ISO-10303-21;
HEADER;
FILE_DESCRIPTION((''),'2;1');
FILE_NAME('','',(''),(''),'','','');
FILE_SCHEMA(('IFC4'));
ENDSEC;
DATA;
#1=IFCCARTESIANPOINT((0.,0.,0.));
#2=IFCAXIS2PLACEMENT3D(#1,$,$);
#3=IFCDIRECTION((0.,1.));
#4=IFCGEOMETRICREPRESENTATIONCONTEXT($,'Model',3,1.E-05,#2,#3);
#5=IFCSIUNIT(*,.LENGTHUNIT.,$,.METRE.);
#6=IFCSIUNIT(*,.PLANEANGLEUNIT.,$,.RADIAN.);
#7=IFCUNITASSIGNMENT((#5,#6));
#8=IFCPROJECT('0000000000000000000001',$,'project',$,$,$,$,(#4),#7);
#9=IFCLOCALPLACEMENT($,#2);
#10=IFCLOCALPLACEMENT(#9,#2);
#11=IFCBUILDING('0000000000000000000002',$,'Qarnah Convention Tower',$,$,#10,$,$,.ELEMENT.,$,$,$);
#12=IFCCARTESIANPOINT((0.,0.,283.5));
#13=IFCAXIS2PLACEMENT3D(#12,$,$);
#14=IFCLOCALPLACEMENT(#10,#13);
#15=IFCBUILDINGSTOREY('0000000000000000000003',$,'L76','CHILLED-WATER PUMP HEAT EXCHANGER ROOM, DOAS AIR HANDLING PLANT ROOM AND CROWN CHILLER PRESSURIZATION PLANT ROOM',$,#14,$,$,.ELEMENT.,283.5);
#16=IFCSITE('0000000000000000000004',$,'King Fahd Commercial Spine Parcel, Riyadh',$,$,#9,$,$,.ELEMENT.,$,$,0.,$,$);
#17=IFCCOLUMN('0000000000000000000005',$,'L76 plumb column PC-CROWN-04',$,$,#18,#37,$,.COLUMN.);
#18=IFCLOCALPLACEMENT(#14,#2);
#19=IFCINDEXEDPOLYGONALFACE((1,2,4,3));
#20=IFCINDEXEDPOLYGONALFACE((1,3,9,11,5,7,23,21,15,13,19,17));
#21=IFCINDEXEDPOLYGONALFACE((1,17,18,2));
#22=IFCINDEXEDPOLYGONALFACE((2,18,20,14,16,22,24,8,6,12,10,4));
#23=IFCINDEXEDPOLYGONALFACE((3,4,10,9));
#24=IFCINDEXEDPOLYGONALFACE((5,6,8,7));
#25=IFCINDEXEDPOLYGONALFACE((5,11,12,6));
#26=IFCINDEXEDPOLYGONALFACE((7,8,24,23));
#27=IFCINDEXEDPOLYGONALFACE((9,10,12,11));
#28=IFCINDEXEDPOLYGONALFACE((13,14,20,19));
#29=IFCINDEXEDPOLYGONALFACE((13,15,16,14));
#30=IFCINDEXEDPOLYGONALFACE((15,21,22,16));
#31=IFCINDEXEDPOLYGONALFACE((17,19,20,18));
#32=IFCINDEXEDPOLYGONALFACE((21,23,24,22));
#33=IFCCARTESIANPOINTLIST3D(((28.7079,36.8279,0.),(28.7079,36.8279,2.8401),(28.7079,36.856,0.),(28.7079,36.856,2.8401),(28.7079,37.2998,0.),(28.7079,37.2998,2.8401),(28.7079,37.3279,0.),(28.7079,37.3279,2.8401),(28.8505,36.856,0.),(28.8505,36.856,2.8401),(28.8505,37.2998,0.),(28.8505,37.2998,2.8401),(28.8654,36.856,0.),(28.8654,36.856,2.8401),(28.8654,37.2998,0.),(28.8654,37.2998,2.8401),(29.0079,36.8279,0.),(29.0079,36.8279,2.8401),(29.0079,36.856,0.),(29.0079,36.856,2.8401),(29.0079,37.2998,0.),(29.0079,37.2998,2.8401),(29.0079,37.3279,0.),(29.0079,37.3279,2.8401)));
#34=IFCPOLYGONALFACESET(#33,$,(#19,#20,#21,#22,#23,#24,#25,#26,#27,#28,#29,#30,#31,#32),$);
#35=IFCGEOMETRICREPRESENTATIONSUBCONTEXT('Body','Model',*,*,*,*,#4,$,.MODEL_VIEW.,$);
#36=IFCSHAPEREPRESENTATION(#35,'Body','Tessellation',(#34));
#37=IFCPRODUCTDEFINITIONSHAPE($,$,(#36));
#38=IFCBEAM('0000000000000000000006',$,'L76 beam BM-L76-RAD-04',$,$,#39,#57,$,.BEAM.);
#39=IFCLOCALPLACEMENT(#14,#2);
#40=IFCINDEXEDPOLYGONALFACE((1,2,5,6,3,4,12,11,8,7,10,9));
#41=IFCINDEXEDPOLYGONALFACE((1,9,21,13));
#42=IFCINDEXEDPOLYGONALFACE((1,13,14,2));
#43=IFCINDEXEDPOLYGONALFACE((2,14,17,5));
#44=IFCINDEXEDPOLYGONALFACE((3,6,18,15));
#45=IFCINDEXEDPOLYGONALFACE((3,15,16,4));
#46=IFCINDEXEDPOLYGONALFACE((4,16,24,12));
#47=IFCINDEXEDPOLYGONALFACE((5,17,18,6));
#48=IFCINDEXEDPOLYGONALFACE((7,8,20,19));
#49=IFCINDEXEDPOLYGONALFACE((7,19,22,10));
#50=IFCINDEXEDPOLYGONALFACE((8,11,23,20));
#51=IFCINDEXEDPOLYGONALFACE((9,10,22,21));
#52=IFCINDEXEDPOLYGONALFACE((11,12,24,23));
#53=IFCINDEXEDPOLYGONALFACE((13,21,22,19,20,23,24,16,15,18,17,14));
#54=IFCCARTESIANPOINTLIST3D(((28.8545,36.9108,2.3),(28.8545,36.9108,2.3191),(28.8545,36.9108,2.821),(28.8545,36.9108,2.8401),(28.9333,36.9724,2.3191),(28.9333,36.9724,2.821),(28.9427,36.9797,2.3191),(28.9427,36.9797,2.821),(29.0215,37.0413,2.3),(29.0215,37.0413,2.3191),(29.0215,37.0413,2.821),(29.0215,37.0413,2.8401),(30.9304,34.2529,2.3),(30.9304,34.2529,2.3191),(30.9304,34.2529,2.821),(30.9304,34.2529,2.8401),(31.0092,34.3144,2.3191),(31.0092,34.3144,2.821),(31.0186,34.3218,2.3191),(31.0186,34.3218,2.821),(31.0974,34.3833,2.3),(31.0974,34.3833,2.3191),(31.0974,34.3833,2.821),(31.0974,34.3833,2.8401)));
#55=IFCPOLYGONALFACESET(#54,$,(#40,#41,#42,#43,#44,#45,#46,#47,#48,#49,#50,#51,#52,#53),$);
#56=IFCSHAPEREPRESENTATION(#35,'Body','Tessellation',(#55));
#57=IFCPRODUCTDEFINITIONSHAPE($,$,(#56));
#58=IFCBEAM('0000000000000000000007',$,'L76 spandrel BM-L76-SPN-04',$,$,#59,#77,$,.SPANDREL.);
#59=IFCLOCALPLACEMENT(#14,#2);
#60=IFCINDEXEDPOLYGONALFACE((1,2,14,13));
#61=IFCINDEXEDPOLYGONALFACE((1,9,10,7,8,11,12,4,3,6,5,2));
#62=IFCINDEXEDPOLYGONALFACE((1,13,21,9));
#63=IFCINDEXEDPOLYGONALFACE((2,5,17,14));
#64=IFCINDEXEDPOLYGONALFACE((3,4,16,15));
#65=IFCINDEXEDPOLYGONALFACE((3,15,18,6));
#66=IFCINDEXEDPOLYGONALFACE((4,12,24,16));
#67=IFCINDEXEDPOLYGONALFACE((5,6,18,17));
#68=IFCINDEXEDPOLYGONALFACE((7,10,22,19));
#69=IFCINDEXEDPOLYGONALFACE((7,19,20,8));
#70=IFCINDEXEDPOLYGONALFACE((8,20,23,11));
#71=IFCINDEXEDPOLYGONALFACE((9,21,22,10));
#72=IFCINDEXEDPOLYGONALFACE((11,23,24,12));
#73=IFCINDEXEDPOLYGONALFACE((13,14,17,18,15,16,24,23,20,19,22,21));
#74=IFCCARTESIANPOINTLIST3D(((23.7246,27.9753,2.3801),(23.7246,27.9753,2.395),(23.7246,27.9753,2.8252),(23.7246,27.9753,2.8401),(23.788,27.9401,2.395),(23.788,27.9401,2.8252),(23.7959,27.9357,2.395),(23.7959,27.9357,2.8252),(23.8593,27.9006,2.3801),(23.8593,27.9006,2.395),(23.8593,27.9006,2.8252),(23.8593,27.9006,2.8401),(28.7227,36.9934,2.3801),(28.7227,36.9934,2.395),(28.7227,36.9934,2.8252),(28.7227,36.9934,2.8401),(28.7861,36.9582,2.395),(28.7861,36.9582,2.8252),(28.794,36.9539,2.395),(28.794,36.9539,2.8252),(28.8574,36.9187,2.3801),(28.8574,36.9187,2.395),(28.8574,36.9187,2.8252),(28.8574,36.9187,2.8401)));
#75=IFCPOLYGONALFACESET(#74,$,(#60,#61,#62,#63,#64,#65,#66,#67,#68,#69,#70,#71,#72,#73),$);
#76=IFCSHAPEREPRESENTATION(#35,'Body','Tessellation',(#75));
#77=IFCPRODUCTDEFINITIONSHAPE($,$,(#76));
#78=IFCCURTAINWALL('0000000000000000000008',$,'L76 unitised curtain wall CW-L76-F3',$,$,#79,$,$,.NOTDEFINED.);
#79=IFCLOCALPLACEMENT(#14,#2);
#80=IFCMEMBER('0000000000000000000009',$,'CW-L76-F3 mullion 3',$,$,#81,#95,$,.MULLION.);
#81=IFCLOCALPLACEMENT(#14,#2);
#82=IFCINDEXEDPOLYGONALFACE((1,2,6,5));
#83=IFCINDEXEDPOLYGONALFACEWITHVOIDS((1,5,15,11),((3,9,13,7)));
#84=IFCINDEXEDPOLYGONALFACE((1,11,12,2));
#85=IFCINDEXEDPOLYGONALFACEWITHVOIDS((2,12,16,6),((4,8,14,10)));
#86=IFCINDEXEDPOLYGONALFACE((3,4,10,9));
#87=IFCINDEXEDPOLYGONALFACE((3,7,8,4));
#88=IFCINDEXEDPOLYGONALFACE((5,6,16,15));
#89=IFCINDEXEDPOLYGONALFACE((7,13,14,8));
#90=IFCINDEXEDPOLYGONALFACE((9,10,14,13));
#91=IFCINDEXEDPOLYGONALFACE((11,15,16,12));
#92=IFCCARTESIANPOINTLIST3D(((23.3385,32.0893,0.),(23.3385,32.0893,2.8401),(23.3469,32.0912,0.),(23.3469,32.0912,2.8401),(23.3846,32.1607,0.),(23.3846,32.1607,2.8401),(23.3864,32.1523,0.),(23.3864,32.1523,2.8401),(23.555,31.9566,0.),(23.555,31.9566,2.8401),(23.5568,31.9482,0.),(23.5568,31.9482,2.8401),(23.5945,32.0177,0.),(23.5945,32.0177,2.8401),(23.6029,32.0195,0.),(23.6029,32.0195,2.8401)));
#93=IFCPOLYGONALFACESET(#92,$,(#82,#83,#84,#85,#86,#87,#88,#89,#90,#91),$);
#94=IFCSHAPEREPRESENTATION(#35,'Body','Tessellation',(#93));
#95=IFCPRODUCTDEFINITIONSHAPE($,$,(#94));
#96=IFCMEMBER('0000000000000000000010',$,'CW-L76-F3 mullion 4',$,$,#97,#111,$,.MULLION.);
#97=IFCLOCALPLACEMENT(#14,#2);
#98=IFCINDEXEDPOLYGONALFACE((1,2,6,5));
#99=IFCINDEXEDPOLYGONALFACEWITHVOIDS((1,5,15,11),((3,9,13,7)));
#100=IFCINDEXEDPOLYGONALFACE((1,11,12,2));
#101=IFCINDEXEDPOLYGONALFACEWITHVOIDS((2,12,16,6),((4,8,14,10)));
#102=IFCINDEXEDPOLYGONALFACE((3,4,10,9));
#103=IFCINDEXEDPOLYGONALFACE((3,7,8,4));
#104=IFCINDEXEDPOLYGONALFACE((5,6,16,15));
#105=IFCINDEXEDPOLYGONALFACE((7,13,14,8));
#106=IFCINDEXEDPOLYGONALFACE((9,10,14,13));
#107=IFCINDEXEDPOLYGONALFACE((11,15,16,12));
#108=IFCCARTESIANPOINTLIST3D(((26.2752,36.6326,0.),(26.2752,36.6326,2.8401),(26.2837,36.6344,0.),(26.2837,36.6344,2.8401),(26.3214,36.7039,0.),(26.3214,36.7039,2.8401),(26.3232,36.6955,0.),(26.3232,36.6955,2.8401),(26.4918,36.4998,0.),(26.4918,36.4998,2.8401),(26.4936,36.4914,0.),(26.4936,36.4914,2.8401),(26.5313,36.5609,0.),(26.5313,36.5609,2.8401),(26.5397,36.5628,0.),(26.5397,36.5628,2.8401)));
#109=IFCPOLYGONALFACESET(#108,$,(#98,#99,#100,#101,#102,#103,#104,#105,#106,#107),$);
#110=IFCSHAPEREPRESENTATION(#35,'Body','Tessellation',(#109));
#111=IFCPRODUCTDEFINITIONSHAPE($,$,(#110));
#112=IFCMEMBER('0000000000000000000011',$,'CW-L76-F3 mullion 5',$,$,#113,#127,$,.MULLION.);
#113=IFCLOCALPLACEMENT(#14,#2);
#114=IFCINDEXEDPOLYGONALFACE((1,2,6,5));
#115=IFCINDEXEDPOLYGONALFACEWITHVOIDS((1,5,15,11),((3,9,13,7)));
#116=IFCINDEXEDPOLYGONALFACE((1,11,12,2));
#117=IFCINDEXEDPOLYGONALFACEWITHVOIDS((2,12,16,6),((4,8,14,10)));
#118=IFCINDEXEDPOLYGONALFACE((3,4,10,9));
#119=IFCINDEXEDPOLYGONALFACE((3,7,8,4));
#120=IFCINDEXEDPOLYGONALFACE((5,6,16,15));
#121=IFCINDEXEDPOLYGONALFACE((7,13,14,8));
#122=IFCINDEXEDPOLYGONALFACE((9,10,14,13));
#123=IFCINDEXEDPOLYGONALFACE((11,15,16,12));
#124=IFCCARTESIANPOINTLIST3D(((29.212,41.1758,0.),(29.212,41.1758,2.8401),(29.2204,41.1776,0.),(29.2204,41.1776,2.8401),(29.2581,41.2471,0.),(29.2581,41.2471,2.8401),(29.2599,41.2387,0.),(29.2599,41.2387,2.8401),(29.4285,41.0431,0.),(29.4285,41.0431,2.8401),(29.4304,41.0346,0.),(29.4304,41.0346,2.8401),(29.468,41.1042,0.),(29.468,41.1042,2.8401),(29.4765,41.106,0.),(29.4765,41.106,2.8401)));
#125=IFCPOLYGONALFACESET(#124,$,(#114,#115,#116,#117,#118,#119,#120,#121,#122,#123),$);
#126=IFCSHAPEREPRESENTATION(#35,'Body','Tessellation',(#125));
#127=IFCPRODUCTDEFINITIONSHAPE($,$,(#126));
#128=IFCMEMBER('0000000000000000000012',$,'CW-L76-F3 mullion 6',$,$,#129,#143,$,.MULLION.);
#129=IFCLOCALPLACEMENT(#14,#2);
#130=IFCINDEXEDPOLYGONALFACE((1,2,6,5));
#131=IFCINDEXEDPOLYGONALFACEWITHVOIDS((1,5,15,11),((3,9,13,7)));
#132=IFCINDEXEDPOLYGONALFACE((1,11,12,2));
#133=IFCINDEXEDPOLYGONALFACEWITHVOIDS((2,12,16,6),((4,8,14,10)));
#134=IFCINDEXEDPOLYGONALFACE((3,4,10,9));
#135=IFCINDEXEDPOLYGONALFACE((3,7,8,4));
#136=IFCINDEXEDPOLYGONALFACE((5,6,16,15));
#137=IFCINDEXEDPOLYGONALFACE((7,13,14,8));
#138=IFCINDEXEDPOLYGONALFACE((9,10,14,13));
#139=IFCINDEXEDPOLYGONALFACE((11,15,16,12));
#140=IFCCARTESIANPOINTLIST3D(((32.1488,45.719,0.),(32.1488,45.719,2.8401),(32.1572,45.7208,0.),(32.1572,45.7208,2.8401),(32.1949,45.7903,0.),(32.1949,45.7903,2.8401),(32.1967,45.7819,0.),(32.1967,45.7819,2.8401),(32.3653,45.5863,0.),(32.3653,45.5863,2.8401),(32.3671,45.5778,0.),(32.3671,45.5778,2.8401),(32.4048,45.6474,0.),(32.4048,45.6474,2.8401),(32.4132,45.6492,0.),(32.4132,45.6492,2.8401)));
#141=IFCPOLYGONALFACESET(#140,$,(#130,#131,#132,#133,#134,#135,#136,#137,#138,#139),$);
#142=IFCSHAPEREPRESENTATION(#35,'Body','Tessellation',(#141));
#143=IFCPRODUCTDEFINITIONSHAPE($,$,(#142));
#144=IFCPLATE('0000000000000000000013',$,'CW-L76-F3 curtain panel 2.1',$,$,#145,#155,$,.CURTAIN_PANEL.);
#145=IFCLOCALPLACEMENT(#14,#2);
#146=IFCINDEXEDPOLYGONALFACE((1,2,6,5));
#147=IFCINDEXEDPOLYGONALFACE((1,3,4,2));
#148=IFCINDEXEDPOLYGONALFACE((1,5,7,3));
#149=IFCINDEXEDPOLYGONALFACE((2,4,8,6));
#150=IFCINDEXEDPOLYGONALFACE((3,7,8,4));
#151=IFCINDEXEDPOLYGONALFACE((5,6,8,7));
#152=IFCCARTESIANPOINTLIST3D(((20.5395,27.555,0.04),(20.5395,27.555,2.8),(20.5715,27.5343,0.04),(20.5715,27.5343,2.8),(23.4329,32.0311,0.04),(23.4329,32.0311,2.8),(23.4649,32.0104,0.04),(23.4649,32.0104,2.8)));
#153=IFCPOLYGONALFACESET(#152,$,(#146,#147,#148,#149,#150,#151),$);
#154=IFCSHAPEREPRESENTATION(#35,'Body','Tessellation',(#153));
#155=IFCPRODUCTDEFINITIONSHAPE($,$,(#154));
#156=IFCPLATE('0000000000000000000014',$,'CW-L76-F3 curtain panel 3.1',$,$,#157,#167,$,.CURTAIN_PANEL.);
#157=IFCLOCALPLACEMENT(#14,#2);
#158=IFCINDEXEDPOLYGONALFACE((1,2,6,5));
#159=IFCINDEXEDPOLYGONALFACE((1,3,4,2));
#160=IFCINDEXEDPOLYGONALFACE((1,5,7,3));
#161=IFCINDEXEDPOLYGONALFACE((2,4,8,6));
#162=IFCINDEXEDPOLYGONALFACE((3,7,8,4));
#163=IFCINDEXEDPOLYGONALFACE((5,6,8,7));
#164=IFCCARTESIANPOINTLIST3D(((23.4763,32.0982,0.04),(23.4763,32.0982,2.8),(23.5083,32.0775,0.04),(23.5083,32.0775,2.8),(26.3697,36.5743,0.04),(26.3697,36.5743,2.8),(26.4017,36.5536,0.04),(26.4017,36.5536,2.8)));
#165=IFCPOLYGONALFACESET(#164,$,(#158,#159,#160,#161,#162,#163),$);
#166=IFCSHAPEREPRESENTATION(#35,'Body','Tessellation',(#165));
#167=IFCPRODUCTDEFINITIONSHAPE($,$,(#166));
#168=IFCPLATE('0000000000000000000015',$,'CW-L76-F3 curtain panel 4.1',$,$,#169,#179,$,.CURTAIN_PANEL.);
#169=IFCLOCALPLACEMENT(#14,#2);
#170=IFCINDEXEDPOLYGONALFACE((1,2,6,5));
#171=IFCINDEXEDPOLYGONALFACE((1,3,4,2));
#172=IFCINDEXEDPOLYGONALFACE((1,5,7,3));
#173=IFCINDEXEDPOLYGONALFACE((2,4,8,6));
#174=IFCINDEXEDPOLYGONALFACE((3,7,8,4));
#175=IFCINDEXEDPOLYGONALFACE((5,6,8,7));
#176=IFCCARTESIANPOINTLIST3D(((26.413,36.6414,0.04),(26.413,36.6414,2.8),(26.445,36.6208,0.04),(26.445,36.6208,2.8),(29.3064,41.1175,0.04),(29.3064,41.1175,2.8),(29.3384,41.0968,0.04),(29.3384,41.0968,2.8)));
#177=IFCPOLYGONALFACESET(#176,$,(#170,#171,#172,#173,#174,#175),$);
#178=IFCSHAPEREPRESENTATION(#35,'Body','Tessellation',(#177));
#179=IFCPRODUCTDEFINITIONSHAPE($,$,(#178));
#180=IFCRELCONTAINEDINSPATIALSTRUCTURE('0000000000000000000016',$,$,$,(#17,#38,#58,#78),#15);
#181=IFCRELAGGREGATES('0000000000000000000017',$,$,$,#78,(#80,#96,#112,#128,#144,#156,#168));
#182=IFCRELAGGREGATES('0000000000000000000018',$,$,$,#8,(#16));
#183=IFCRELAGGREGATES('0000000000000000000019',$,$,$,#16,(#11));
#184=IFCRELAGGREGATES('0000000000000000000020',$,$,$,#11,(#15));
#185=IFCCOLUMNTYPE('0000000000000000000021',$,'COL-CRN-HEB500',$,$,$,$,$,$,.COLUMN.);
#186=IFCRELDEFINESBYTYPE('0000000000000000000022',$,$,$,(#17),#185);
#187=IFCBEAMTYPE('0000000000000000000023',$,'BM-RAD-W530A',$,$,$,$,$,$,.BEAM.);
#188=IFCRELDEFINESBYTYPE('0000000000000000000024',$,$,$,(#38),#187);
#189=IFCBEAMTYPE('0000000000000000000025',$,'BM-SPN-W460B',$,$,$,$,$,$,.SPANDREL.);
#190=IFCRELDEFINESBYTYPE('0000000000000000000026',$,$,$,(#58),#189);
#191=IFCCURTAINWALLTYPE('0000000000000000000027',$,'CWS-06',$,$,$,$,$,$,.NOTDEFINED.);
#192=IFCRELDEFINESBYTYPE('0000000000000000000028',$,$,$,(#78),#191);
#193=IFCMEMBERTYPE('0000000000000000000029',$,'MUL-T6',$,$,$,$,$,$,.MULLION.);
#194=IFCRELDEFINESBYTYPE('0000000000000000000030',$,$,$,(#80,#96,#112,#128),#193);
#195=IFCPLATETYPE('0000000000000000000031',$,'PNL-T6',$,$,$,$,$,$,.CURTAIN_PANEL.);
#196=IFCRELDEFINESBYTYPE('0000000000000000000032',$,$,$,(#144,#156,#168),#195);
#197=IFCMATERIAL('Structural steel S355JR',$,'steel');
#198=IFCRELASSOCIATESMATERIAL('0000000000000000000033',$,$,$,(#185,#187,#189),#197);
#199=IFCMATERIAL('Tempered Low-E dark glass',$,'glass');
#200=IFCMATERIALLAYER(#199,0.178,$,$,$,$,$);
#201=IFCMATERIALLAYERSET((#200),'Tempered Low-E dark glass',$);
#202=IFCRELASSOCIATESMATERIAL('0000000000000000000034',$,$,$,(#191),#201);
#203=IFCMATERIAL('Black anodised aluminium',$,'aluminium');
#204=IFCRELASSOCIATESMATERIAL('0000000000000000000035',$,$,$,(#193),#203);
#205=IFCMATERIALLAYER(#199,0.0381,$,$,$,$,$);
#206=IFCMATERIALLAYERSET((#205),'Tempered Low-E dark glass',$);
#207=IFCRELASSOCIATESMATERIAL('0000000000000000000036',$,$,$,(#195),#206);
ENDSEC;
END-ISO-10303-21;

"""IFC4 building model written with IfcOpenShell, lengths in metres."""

from ifc_helpers import new_model, si_unit, direction, frame, origin, origin_2d, place, context, subcontext, project, spatial, rectangle, hollow_rectangle, i_section, extrude, material, layer, layer_set, material_profile, profile_set, type_object, element, aggregate, save


model = new_model("IFC4")

# Units and contexts
model_context = context("Model", 3, precision=1e-05, world=origin(), true_north=direction((0.0, 1.0)))
body_context = subcontext(model_context, "Body", "Model", "MODEL_VIEW")
ifc_project = project(units=[si_unit("LENGTHUNIT", "METRE"), si_unit("PLANEANGLEUNIT", "RADIAN")], contexts=[model_context])

# Site, building, storey
site_placement = place(None, origin())
site = spatial("IfcSite", under=ifc_project, at=site_placement, Name="King Fahd Commercial Spine Parcel, Riyadh", CompositionType="ELEMENT", RefElevation=0.0)
building_placement = place(site_placement, origin())
building = spatial("IfcBuilding", under=site, at=building_placement, Name="Qarnah Convention Tower", CompositionType="ELEMENT")
storey_placement = place(building_placement, frame((0.0, 0.0, 283.5)))
storey = spatial("IfcBuildingStorey", under=building, at=storey_placement, Name="L76", Description="CHILLED-WATER PUMP HEAT EXCHANGER ROOM, DOAS AIR HANDLING PLANT ROOM AND CROWN CHILLER PRESSURIZATION PLANT ROOM", CompositionType="ELEMENT", Elevation=283.5)

# Column
ifc_material_1 = material(Name="Structural steel S355JR", Category="steel")
ifc_material_profile_1 = material_profile(ifc_material_1, i_section(OverallWidth=0.3, OverallDepth=0.5, WebThickness=0.0149, FlangeThickness=0.0281, at=origin_2d()), Name="HEB500")
ifc_profile_set_1 = profile_set([ifc_material_profile_1], Name="Structural steel S355JR")
column_type = type_object("IfcColumnType", Name="COL-CRN-HEB500", PredefinedType="COLUMN", material=ifc_profile_set_1)
column_placement = place(storey_placement, frame((28.8579, 37.0779, 0.0), z_axis=(0.0, 0.0, 1.0), x_axis=(1.0, 0.0, 0.0)))
element("IfcColumn", 1, at=column_placement, inside=storey, type_object=column_type, Name="L76 plumb column PC-CROWN-04", PredefinedType="COLUMN", context=body_context, shape_type="SweptSolid", body=[
    extrude(i_section(OverallWidth=0.3, OverallDepth=0.5, WebThickness=0.0149, FlangeThickness=0.0281, at=origin_2d()), origin(), (0.0, 0.0, 1.0), 2.8401),
])

# Beams
ifc_material_profile_2 = material_profile(ifc_material_1, i_section(OverallWidth=0.2119, OverallDepth=0.54, WebThickness=0.012, FlangeThickness=0.019, at=origin_2d()), Name="W530X109")
ifc_profile_set_2 = profile_set([ifc_material_profile_2], Name="Structural steel S355JR")
beam_type_1 = type_object("IfcBeamType", Name="BM-RAD-W530A", PredefinedType="BEAM", material=ifc_profile_set_2)
beam_1_placement = place(storey_placement, frame((31.0139, 34.3181, 2.5701), z_axis=(-0.615533, 0.788111, 0.0), x_axis=(-0.788111, -0.615533, 0.0)))
element("IfcBeam", 2, at=beam_1_placement, inside=storey, type_object=beam_type_1, Name="L76 beam BM-L76-RAD-04", PredefinedType="BEAM", context=body_context, shape_type="SweptSolid", body=[
    extrude(i_section(OverallWidth=0.2119, OverallDepth=0.54, WebThickness=0.012, FlangeThickness=0.019, at=origin_2d()), origin(), (0.0, 0.0, 1.0), 3.3726),
])
ifc_material_profile_3 = material_profile(ifc_material_1, i_section(OverallWidth=0.1541, OverallDepth=0.46, WebThickness=0.009, FlangeThickness=0.0149, at=origin_2d()), Name="W460X68")
ifc_profile_set_3 = profile_set([ifc_material_profile_3], Name="Structural steel S355JR")
beam_type_2 = type_object("IfcBeamType", Name="BM-SPN-W460B", PredefinedType="SPANDREL", material=ifc_profile_set_3)
beam_2_placement = place(storey_placement, frame((28.79, 36.9561, 2.6101), z_axis=(-0.484754, -0.874651, 0.0), x_axis=(0.874651, -0.484754, 0.0)))
element("IfcBeam", 3, at=beam_2_placement, inside=storey, type_object=beam_type_2, Name="L76 spandrel BM-L76-SPN-04", PredefinedType="SPANDREL", context=body_context, shape_type="SweptSolid", body=[
    extrude(i_section(OverallWidth=0.1541, OverallDepth=0.46, WebThickness=0.009, FlangeThickness=0.0149, at=origin_2d()), origin(), (0.0, 0.0, 1.0), 10.3105),
])

# Curtain wall, members, plates
ifc_material_2 = material(Name="Tempered Low-E dark glass", Category="glass")
ifc_layer_1 = layer(ifc_material_2, 0.178)
ifc_layer_set_1 = layer_set([ifc_layer_1], Name="Tempered Low-E dark glass")
curtain_wall_type = type_object("IfcCurtainWallType", Name="CWS-06", PredefinedType="NOTDEFINED", material=ifc_layer_set_1)
curtain_wall_placement = place(storey_placement, origin())
curtain_wall = element("IfcCurtainWall", 4, at=curtain_wall_placement, inside=storey, type_object=curtain_wall_type, Name="L76 unitised curtain wall CW-L76-F3", PredefinedType="NOTDEFINED")
ifc_material_3 = material(Name="Black anodised aluminium", Category="aluminium")
ifc_material_profile_4 = material_profile(ifc_material_3, hollow_rectangle(XDim=0.085, YDim=0.26, WallThickness=0.0061, at=origin_2d()), Name="MUL-85X260")
ifc_profile_set_4 = profile_set([ifc_material_profile_4], Name="Black anodised aluminium")
member_type = type_object("IfcMemberType", Name="MUL-T6", PredefinedType="MULLION", material=ifc_profile_set_4)
member_1_placement = place(storey_placement, frame((23.4707, 32.0544, 0.0), z_axis=(0.0, 0.0, 1.0), x_axis=(0.542871, 0.839816, 0.0)))
member_1 = element("IfcMember", 5, at=member_1_placement, type_object=member_type, Name="CW-L76-F3 mullion 3", PredefinedType="MULLION", context=body_context, shape_type="SweptSolid", body=[
    extrude(hollow_rectangle(XDim=0.085, YDim=0.26, WallThickness=0.0061, at=origin_2d()), origin(), (0.0, 0.0, 1.0), 2.8401),
])
member_2_placement = place(storey_placement, frame((26.4075, 36.5977, 0.0), z_axis=(0.0, 0.0, 1.0), x_axis=(0.542871, 0.839816, 0.0)))
member_2 = element("IfcMember", 6, at=member_2_placement, type_object=member_type, Name="CW-L76-F3 mullion 4", PredefinedType="MULLION", context=body_context, shape_type="SweptSolid", body=[
    extrude(hollow_rectangle(XDim=0.085, YDim=0.26, WallThickness=0.0061, at=origin_2d()), origin(), (0.0, 0.0, 1.0), 2.8401),
])
member_3_placement = place(storey_placement, frame((29.3442, 41.1409, 0.0), z_axis=(0.0, 0.0, 1.0), x_axis=(0.542871, 0.839816, 0.0)))
member_3 = element("IfcMember", 7, at=member_3_placement, type_object=member_type, Name="CW-L76-F3 mullion 5", PredefinedType="MULLION", context=body_context, shape_type="SweptSolid", body=[
    extrude(hollow_rectangle(XDim=0.085, YDim=0.26, WallThickness=0.0061, at=origin_2d()), origin(), (0.0, 0.0, 1.0), 2.8401),
])
member_4_placement = place(storey_placement, frame((32.281, 45.6841, 0.0), z_axis=(0.0, 0.0, 1.0), x_axis=(0.542871, 0.839816, 0.0)))
member_4 = element("IfcMember", 8, at=member_4_placement, type_object=member_type, Name="CW-L76-F3 mullion 6", PredefinedType="MULLION", context=body_context, shape_type="SweptSolid", body=[
    extrude(hollow_rectangle(XDim=0.085, YDim=0.26, WallThickness=0.0061, at=origin_2d()), origin(), (0.0, 0.0, 1.0), 2.8401),
])
ifc_layer_2 = layer(ifc_material_2, 0.0381)
ifc_layer_set_2 = layer_set([ifc_layer_2], Name="Tempered Low-E dark glass")
plate_type_1 = type_object("IfcPlateType", Name="PNL-T6", PredefinedType="CURTAIN_PANEL", material=ifc_layer_set_2)
plate_1_placement = place(storey_placement, frame((22.0022, 29.7827, 0.04), z_axis=(0.0, 0.0, 1.0), x_axis=(0.542871, 0.839816, 0.0)))
plate_1 = element("IfcPlate", 9, at=plate_1_placement, type_object=plate_type_1, Name="CW-L76-F3 curtain panel 2.1", PredefinedType="CURTAIN_PANEL", context=body_context, shape_type="SweptSolid", body=[
    extrude(rectangle(XDim=5.3298, YDim=0.0381, at=origin_2d()), origin(), (0.0, 0.0, 1.0), 2.76),
])
plate_2_placement = place(storey_placement, frame((24.939, 34.3259, 0.04), z_axis=(0.0, 0.0, 1.0), x_axis=(0.542871, 0.839816, 0.0)))
plate_2 = element("IfcPlate", 10, at=plate_2_placement, type_object=plate_type_1, Name="CW-L76-F3 curtain panel 3.1", PredefinedType="CURTAIN_PANEL", context=body_context, shape_type="SweptSolid", body=[
    extrude(rectangle(XDim=5.3298, YDim=0.0381, at=origin_2d()), origin(), (0.0, 0.0, 1.0), 2.76),
])
plate_3_placement = place(storey_placement, frame((27.8757, 38.8691, 0.04), z_axis=(0.0, 0.0, 1.0), x_axis=(0.542871, 0.839816, 0.0)))
plate_3 = element("IfcPlate", 11, at=plate_3_placement, type_object=plate_type_1, Name="CW-L76-F3 curtain panel 4.1", PredefinedType="CURTAIN_PANEL", context=body_context, shape_type="SweptSolid", body=[
    extrude(rectangle(XDim=5.3298, YDim=0.0381, at=origin_2d()), origin(), (0.0, 0.0, 1.0), 2.76),
])
aggregate(curtain_wall, [member_1, member_2, member_3, member_4, plate_1, plate_2, plate_3])

save(model, "model.ifc")
